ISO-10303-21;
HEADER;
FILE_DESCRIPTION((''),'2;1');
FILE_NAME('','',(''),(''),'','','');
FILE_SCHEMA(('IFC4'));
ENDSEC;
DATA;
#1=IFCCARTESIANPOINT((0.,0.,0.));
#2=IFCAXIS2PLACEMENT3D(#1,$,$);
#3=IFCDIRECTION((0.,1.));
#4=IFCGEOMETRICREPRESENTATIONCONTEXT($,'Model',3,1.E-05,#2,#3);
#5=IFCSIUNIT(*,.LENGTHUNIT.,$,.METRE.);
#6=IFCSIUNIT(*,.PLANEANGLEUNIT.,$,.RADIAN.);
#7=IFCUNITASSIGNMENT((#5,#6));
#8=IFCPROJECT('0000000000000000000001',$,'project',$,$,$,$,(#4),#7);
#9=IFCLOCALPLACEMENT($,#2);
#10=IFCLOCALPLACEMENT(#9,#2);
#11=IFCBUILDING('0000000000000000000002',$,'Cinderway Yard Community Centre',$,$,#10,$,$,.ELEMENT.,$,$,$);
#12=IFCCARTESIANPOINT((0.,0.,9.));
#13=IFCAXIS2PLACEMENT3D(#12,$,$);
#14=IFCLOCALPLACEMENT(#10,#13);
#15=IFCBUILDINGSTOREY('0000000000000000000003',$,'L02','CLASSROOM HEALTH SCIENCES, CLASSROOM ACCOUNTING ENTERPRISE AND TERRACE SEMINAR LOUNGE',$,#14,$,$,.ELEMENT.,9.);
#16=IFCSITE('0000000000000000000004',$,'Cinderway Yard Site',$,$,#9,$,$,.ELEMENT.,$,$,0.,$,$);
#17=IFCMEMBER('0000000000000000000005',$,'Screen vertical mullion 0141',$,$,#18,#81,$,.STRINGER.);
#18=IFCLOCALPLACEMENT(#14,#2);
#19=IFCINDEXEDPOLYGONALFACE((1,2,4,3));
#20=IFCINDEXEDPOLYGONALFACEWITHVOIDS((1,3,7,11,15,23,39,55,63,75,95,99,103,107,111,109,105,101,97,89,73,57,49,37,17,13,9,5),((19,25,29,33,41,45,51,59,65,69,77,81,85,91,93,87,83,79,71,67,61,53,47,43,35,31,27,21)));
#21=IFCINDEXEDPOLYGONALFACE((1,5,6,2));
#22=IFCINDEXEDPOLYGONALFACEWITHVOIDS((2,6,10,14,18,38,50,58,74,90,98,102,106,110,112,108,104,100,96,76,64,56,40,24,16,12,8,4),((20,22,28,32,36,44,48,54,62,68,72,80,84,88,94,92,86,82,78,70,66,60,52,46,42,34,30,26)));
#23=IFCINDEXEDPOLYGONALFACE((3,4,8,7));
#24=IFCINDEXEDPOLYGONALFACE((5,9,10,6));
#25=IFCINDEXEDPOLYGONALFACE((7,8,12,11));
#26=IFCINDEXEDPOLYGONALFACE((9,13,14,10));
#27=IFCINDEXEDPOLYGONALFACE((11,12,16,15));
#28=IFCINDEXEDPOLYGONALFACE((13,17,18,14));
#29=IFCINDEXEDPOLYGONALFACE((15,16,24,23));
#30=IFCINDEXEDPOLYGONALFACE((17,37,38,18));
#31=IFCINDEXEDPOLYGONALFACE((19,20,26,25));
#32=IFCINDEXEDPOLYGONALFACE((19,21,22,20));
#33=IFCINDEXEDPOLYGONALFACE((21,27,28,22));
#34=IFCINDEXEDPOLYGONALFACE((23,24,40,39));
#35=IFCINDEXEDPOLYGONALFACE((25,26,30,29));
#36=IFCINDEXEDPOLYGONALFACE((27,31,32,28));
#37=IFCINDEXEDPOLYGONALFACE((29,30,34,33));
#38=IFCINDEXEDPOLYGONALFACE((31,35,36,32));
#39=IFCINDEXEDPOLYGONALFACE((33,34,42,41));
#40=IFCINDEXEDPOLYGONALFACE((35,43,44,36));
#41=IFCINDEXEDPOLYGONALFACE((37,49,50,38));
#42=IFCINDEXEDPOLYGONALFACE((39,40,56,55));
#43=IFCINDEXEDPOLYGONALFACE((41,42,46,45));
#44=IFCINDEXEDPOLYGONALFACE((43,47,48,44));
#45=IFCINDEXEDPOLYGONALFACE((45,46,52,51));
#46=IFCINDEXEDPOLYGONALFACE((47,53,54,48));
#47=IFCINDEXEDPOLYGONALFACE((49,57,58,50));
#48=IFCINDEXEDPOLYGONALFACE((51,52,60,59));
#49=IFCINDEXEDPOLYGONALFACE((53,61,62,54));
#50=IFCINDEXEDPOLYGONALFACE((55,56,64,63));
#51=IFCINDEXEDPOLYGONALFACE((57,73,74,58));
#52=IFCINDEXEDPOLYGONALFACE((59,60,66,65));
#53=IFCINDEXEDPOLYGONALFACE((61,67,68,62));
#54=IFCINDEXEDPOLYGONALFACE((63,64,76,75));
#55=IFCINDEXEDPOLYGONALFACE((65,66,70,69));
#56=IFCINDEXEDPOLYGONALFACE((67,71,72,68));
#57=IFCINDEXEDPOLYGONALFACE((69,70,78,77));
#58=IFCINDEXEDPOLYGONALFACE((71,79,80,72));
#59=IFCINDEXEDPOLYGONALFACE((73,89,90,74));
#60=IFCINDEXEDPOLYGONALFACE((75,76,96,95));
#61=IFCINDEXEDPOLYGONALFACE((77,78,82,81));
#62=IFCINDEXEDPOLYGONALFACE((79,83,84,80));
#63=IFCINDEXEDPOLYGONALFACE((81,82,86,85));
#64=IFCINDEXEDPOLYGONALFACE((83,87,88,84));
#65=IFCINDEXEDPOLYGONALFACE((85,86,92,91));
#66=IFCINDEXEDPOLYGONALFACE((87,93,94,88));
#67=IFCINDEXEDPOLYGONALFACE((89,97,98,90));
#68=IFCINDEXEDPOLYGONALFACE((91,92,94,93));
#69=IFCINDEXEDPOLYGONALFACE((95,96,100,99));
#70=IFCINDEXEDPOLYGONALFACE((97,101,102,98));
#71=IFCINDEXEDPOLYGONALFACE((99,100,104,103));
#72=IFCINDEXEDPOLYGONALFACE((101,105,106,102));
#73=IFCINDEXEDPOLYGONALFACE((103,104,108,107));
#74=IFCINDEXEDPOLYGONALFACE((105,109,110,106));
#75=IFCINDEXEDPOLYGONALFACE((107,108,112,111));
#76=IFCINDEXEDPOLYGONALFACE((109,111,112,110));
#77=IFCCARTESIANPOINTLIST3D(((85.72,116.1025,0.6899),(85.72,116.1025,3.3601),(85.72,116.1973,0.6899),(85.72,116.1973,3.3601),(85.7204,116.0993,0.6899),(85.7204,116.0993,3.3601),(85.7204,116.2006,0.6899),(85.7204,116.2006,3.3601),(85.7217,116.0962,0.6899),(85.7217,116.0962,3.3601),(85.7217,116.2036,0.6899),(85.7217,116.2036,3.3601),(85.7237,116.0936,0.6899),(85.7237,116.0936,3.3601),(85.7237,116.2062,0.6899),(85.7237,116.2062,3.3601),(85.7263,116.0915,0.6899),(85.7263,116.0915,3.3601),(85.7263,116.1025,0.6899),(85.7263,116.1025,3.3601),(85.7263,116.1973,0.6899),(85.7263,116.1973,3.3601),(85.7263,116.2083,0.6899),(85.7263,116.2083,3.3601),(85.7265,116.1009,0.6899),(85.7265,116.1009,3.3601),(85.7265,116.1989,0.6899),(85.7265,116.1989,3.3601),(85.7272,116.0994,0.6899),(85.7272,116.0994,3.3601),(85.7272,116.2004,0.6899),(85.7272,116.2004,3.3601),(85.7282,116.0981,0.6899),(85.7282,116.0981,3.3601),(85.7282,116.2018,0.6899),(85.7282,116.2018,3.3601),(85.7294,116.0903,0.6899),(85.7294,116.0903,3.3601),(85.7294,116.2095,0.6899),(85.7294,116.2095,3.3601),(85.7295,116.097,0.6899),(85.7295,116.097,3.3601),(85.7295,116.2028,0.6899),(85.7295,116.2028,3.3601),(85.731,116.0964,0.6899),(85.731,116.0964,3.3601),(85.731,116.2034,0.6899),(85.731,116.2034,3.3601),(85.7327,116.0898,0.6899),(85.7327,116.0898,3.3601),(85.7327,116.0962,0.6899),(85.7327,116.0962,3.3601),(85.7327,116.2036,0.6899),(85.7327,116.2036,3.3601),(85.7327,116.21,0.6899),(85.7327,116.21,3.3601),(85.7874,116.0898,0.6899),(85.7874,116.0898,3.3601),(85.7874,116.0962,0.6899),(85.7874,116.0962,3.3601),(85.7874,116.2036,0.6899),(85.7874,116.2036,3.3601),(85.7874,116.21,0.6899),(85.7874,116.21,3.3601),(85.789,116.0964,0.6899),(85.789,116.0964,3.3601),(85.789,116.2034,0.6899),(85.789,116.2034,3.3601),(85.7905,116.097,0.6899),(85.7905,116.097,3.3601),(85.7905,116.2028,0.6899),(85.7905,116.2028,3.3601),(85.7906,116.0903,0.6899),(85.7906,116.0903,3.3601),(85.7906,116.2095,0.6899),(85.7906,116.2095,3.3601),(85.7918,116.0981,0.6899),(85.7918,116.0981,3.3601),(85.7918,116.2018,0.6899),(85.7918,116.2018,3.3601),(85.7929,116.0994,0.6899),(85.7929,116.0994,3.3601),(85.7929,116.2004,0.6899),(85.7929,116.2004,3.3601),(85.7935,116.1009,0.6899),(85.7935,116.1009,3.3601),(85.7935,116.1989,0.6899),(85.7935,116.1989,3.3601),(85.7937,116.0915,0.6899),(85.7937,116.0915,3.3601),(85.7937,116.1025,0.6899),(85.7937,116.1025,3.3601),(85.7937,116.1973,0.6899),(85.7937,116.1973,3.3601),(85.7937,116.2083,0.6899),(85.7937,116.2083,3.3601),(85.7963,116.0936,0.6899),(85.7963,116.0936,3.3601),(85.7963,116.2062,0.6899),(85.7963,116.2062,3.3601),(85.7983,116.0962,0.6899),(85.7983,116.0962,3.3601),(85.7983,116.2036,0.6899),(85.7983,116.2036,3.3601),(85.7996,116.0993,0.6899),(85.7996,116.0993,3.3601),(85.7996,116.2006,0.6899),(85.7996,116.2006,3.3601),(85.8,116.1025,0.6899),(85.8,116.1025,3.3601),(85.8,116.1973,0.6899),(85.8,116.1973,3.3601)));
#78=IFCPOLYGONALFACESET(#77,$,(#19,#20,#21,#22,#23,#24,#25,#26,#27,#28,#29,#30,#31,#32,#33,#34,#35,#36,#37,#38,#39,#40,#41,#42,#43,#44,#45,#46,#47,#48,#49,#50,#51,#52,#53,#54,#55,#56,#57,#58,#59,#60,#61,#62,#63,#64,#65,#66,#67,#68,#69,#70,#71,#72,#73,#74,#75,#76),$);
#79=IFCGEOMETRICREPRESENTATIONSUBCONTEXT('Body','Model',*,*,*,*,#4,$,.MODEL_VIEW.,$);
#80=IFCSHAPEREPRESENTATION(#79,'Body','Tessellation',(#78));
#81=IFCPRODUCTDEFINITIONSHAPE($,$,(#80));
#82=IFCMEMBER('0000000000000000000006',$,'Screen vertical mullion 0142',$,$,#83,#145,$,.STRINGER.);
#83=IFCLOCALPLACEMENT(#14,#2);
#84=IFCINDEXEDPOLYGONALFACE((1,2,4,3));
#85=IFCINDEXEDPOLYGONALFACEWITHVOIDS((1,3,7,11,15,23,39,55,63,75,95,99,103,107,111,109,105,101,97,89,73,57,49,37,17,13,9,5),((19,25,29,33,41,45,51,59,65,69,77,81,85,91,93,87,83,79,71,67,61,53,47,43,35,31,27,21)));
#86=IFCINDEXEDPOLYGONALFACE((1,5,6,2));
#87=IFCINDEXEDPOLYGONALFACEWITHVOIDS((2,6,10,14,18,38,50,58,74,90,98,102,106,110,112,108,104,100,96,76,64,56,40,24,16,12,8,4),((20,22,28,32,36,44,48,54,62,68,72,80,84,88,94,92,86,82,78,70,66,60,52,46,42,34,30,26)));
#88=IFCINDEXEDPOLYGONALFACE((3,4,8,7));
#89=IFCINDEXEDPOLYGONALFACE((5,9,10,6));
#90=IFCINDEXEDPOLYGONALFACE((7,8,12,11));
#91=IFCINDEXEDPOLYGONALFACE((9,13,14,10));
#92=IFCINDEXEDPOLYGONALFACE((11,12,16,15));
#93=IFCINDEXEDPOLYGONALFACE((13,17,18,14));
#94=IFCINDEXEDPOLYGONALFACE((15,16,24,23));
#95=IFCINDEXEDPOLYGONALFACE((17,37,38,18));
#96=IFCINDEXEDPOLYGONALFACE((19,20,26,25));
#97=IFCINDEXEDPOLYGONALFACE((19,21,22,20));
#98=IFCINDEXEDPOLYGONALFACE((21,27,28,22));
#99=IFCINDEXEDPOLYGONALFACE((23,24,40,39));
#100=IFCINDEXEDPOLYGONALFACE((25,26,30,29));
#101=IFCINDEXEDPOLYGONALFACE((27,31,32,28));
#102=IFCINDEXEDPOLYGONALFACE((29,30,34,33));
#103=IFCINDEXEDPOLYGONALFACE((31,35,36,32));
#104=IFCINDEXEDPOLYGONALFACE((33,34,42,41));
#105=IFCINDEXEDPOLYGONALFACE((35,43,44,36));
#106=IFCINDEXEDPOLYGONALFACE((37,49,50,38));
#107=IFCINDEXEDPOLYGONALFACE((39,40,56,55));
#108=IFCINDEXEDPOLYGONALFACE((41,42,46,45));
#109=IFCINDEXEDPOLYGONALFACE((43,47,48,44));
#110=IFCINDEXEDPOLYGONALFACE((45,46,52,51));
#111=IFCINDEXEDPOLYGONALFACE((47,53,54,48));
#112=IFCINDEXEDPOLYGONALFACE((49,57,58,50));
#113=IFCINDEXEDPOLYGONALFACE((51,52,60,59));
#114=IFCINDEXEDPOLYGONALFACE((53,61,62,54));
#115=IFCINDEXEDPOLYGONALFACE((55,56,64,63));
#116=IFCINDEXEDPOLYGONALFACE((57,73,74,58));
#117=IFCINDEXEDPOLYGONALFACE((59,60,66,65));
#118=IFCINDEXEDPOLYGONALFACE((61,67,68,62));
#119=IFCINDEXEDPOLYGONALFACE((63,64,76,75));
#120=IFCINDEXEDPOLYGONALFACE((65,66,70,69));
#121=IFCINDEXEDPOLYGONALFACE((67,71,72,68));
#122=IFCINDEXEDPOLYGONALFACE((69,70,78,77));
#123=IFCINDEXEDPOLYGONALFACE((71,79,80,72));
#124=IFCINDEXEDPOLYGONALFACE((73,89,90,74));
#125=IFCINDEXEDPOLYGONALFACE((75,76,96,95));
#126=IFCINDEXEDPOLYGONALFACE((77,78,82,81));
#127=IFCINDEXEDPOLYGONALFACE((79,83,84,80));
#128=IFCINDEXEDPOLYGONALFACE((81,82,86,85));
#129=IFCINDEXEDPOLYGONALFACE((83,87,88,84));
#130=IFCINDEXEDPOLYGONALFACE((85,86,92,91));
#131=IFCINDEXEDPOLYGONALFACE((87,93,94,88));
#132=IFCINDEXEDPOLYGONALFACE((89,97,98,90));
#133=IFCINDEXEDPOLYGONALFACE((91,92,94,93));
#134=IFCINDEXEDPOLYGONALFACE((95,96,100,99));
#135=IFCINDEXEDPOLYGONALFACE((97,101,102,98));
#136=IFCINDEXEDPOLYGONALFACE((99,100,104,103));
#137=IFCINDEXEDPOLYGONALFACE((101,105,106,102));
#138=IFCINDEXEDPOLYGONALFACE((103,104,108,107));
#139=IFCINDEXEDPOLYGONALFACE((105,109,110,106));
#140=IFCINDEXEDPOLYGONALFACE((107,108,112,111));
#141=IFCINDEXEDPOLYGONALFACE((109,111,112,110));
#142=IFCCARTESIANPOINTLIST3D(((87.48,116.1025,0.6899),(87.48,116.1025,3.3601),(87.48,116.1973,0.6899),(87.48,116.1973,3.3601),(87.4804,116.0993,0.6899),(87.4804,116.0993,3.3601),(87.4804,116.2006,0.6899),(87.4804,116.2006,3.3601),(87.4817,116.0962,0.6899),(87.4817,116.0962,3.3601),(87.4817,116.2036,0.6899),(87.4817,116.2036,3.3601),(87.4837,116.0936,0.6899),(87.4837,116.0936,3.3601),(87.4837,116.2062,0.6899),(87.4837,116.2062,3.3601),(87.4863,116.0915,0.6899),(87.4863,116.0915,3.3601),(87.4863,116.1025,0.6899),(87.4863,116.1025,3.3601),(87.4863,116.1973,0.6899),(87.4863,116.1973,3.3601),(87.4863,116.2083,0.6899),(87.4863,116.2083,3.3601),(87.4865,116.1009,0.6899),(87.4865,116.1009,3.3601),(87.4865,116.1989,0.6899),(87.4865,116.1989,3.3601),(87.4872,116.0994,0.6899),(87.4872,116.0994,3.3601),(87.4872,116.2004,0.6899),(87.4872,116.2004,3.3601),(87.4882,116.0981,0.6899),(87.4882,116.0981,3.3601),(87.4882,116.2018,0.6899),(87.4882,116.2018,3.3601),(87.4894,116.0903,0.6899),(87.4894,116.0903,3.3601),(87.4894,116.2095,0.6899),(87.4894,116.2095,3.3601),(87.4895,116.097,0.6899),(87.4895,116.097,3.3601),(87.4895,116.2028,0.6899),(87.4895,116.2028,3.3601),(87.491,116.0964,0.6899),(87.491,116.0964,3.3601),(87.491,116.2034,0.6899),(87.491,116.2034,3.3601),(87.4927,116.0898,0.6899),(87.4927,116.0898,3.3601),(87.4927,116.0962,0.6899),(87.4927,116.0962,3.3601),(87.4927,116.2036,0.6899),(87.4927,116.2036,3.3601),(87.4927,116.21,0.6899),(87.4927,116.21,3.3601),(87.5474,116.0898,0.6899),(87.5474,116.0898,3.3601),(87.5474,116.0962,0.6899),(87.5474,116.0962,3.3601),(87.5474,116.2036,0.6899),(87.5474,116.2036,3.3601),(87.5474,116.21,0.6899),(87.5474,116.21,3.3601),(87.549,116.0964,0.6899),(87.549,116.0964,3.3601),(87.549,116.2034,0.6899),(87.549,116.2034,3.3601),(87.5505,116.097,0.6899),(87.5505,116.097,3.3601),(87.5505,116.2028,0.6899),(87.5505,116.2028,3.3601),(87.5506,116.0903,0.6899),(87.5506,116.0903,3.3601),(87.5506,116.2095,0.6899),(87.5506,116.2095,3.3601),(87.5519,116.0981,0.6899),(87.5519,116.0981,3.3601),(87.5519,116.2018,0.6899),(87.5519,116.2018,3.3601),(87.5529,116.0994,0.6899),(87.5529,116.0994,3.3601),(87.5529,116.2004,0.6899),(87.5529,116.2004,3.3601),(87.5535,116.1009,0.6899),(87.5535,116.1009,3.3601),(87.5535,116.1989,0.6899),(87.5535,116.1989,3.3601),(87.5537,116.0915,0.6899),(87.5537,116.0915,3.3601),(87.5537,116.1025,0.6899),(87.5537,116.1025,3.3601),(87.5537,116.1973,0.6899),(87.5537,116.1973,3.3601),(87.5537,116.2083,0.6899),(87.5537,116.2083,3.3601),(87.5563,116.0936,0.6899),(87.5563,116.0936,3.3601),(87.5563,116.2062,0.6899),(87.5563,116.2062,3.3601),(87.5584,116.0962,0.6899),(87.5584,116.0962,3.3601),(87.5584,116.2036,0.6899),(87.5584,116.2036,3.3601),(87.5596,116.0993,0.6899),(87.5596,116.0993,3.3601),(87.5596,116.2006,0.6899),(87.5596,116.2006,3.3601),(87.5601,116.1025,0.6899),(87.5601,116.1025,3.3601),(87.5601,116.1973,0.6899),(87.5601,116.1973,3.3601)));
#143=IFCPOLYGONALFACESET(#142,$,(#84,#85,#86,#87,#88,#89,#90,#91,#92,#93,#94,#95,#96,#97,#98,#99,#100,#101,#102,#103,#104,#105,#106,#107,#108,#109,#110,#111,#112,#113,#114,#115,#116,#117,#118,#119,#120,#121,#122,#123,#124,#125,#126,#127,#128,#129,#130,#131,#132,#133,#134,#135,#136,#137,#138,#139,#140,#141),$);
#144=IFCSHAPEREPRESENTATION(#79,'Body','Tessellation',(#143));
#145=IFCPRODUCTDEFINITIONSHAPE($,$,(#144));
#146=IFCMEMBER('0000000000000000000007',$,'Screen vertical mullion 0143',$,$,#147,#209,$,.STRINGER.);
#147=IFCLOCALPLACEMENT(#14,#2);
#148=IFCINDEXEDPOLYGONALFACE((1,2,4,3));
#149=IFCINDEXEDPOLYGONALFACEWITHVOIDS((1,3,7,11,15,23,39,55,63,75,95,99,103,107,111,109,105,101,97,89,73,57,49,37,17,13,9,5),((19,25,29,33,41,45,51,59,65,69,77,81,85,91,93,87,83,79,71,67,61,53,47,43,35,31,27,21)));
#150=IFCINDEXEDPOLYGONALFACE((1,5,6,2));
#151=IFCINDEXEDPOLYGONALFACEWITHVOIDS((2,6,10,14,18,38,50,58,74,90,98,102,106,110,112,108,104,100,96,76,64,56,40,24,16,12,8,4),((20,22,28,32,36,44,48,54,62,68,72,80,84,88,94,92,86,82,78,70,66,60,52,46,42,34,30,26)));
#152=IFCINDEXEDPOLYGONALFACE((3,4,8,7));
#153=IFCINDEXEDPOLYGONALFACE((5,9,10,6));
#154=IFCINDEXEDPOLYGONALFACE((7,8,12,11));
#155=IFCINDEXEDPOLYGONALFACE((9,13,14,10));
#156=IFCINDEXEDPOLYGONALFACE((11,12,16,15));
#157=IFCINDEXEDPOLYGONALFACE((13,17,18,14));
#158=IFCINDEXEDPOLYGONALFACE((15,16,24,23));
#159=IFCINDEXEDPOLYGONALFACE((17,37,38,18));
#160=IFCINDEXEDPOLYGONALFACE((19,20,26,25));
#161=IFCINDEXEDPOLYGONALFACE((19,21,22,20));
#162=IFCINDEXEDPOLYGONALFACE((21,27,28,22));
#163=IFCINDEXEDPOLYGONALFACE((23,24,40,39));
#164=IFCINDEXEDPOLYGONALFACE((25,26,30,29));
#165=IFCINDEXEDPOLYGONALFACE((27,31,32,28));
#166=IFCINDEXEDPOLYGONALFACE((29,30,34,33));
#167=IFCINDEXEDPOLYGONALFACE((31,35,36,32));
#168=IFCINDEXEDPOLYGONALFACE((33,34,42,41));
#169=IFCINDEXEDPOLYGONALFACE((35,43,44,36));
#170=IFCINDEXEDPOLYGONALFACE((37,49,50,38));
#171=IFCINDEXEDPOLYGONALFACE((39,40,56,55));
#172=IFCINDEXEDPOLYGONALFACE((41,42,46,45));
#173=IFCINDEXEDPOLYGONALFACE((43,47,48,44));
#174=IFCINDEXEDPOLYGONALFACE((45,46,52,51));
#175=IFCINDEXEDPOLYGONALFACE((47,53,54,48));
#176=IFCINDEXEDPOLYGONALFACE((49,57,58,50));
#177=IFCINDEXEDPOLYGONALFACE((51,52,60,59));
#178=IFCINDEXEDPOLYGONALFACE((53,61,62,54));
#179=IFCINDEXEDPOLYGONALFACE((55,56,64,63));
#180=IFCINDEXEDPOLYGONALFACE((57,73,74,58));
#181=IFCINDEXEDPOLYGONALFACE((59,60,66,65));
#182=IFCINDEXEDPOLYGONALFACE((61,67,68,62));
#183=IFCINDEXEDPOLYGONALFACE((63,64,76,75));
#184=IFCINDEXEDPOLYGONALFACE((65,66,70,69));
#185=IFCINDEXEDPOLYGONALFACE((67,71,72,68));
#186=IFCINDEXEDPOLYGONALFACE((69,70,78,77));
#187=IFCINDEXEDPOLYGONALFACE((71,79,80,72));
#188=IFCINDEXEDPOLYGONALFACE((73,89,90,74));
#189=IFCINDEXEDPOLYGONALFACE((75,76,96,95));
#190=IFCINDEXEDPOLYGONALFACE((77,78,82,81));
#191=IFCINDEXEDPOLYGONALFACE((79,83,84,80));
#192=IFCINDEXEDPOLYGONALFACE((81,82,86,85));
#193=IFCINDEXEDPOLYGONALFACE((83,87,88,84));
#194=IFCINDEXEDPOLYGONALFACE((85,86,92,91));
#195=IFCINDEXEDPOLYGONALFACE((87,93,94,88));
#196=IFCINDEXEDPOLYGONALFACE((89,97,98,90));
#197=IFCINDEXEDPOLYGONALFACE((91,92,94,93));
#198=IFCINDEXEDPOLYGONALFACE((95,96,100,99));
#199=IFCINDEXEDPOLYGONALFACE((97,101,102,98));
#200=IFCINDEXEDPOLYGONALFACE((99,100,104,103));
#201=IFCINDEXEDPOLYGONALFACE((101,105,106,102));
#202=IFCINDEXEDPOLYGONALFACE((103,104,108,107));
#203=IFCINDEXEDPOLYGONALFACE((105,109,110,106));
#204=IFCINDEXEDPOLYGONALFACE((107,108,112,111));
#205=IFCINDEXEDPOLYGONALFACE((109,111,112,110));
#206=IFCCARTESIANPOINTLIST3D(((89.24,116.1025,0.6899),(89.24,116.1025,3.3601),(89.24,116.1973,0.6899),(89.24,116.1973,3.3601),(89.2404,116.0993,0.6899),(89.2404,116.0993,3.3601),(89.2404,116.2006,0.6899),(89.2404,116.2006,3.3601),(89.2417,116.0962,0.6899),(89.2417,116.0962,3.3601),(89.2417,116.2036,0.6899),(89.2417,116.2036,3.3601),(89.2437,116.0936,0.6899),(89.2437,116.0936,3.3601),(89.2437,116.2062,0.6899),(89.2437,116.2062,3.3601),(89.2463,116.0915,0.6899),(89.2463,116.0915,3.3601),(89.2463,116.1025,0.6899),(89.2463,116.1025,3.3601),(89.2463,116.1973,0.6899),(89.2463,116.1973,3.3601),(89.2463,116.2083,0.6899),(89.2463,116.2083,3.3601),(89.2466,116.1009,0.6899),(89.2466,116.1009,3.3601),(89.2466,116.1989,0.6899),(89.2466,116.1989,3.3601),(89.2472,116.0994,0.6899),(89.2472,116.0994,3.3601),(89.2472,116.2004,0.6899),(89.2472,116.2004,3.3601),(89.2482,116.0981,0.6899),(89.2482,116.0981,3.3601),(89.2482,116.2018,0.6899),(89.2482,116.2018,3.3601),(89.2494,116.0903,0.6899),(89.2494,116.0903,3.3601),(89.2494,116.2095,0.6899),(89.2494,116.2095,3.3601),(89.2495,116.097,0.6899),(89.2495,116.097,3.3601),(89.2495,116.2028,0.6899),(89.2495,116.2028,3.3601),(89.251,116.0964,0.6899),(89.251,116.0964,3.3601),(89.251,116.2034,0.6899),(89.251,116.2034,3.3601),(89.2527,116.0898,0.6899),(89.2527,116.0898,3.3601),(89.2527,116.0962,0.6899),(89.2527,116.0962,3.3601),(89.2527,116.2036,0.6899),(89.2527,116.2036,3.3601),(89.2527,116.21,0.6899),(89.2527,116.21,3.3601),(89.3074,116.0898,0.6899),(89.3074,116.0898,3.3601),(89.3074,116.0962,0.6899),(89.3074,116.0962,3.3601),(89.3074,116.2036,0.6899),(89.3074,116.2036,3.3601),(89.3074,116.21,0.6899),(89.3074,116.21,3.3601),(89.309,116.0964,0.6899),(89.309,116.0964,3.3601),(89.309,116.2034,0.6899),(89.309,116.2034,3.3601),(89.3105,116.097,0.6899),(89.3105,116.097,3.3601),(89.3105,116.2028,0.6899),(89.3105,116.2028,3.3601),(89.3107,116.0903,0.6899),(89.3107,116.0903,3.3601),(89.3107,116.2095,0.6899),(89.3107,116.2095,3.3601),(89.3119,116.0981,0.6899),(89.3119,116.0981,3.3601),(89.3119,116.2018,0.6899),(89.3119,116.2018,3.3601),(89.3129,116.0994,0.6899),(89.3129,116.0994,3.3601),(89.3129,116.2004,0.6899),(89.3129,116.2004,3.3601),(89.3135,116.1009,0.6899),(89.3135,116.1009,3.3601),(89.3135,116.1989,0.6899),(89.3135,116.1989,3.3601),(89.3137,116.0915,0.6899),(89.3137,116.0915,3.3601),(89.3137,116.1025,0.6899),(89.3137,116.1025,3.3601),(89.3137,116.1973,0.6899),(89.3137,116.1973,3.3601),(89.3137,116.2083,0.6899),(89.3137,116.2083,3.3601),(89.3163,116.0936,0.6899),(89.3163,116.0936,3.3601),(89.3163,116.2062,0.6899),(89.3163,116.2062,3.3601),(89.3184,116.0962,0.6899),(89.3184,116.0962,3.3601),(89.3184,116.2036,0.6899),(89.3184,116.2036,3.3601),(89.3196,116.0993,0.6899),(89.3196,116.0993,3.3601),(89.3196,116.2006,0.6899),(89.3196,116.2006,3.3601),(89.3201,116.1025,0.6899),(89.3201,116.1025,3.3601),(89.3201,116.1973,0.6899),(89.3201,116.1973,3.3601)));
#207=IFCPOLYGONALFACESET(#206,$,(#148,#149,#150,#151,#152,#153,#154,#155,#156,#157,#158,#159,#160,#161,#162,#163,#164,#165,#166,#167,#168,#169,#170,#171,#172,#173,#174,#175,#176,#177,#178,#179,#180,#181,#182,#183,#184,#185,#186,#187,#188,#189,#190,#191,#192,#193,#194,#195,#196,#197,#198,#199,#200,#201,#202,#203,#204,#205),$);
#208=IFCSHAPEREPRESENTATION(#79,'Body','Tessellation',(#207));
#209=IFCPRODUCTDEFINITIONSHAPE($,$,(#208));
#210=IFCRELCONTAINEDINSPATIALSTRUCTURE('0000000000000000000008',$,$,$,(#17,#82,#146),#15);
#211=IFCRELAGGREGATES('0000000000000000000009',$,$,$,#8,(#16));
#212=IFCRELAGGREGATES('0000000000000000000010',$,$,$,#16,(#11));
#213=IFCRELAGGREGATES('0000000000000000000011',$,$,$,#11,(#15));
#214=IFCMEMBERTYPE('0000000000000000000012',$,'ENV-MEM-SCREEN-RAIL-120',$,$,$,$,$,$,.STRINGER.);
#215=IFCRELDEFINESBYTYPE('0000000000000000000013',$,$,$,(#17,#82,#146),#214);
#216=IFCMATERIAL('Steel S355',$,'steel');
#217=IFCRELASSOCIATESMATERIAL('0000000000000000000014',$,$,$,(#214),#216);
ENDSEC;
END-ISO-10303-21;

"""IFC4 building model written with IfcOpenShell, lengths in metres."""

from ifc_helpers import new_model, si_unit, direction, frame, origin, origin_2d, place, context, subcontext, project, spatial, hollow_rectangle, extrude, material, material_profile, profile_set, type_object, element, save


model = new_model("IFC4")

# Units and contexts
model_context = context("Model", 3, precision=1e-05, world=origin(), true_north=direction((0.0, 1.0)))
body_context = subcontext(model_context, "Body", "Model", "MODEL_VIEW")
ifc_project = project(units=[si_unit("LENGTHUNIT", "METRE"), si_unit("PLANEANGLEUNIT", "RADIAN")], contexts=[model_context])

# Site, building, storey
site_placement = place(None, origin())
site = spatial("IfcSite", under=ifc_project, at=site_placement, Name="Cinderway Yard Site", CompositionType="ELEMENT", RefElevation=0.0)
building_placement = place(site_placement, origin())
building = spatial("IfcBuilding", under=site, at=building_placement, Name="Cinderway Yard Community Centre", CompositionType="ELEMENT")
storey_placement = place(building_placement, frame((0.0, 0.0, 9.0)))
storey = spatial("IfcBuildingStorey", under=building, at=storey_placement, Name="L02", Description="CLASSROOM HEALTH SCIENCES, CLASSROOM ACCOUNTING ENTERPRISE AND TERRACE SEMINAR LOUNGE", CompositionType="ELEMENT", Elevation=9.0)

# Members
ifc_material_1 = material(Name="Steel S355", Category="steel")
ifc_material_profile = material_profile(ifc_material_1, hollow_rectangle(XDim=0.0801, YDim=0.1201, WallThickness=0.0063, InnerFilletRadius=0.0063, OuterFilletRadius=0.0127, at=origin_2d()), Name="Steel S355")
ifc_profile_set = profile_set([ifc_material_profile], Name="Steel S355")
member_type = type_object("IfcMemberType", Name="ENV-MEM-SCREEN-RAIL-120", PredefinedType="STRINGER", material=ifc_profile_set)
for number, where, z_axis, x_axis, name in (
    (1, (85.76, 116.1499, 0.6899), (0.0, 0.0, 1.0), (1.0, 0.0, 0.0), "Screen vertical mullion 0141"),
    (2, (87.52, 116.1499, 0.6899), (0.0, 0.0, 1.0), (1.0, 0.0, 0.0), "Screen vertical mullion 0142"),
    (3, (89.28, 116.1499, 0.6899), (0.0, 0.0, 1.0), (1.0, 0.0, 0.0), "Screen vertical mullion 0143"),
):
    element("IfcMember", number, at=place(storey_placement, frame(where, z_axis=z_axis, x_axis=x_axis)), inside=storey, type_object=member_type, Name=name, PredefinedType="STRINGER", context=body_context, shape_type="SweptSolid", body=[
        extrude(hollow_rectangle(XDim=0.0801, YDim=0.1201, WallThickness=0.0063, InnerFilletRadius=0.0063, OuterFilletRadius=0.0127, at=origin_2d()), origin(), (0.0, 0.0, 1.0), 2.6702),
    ])

save(model, "model.ifc")
